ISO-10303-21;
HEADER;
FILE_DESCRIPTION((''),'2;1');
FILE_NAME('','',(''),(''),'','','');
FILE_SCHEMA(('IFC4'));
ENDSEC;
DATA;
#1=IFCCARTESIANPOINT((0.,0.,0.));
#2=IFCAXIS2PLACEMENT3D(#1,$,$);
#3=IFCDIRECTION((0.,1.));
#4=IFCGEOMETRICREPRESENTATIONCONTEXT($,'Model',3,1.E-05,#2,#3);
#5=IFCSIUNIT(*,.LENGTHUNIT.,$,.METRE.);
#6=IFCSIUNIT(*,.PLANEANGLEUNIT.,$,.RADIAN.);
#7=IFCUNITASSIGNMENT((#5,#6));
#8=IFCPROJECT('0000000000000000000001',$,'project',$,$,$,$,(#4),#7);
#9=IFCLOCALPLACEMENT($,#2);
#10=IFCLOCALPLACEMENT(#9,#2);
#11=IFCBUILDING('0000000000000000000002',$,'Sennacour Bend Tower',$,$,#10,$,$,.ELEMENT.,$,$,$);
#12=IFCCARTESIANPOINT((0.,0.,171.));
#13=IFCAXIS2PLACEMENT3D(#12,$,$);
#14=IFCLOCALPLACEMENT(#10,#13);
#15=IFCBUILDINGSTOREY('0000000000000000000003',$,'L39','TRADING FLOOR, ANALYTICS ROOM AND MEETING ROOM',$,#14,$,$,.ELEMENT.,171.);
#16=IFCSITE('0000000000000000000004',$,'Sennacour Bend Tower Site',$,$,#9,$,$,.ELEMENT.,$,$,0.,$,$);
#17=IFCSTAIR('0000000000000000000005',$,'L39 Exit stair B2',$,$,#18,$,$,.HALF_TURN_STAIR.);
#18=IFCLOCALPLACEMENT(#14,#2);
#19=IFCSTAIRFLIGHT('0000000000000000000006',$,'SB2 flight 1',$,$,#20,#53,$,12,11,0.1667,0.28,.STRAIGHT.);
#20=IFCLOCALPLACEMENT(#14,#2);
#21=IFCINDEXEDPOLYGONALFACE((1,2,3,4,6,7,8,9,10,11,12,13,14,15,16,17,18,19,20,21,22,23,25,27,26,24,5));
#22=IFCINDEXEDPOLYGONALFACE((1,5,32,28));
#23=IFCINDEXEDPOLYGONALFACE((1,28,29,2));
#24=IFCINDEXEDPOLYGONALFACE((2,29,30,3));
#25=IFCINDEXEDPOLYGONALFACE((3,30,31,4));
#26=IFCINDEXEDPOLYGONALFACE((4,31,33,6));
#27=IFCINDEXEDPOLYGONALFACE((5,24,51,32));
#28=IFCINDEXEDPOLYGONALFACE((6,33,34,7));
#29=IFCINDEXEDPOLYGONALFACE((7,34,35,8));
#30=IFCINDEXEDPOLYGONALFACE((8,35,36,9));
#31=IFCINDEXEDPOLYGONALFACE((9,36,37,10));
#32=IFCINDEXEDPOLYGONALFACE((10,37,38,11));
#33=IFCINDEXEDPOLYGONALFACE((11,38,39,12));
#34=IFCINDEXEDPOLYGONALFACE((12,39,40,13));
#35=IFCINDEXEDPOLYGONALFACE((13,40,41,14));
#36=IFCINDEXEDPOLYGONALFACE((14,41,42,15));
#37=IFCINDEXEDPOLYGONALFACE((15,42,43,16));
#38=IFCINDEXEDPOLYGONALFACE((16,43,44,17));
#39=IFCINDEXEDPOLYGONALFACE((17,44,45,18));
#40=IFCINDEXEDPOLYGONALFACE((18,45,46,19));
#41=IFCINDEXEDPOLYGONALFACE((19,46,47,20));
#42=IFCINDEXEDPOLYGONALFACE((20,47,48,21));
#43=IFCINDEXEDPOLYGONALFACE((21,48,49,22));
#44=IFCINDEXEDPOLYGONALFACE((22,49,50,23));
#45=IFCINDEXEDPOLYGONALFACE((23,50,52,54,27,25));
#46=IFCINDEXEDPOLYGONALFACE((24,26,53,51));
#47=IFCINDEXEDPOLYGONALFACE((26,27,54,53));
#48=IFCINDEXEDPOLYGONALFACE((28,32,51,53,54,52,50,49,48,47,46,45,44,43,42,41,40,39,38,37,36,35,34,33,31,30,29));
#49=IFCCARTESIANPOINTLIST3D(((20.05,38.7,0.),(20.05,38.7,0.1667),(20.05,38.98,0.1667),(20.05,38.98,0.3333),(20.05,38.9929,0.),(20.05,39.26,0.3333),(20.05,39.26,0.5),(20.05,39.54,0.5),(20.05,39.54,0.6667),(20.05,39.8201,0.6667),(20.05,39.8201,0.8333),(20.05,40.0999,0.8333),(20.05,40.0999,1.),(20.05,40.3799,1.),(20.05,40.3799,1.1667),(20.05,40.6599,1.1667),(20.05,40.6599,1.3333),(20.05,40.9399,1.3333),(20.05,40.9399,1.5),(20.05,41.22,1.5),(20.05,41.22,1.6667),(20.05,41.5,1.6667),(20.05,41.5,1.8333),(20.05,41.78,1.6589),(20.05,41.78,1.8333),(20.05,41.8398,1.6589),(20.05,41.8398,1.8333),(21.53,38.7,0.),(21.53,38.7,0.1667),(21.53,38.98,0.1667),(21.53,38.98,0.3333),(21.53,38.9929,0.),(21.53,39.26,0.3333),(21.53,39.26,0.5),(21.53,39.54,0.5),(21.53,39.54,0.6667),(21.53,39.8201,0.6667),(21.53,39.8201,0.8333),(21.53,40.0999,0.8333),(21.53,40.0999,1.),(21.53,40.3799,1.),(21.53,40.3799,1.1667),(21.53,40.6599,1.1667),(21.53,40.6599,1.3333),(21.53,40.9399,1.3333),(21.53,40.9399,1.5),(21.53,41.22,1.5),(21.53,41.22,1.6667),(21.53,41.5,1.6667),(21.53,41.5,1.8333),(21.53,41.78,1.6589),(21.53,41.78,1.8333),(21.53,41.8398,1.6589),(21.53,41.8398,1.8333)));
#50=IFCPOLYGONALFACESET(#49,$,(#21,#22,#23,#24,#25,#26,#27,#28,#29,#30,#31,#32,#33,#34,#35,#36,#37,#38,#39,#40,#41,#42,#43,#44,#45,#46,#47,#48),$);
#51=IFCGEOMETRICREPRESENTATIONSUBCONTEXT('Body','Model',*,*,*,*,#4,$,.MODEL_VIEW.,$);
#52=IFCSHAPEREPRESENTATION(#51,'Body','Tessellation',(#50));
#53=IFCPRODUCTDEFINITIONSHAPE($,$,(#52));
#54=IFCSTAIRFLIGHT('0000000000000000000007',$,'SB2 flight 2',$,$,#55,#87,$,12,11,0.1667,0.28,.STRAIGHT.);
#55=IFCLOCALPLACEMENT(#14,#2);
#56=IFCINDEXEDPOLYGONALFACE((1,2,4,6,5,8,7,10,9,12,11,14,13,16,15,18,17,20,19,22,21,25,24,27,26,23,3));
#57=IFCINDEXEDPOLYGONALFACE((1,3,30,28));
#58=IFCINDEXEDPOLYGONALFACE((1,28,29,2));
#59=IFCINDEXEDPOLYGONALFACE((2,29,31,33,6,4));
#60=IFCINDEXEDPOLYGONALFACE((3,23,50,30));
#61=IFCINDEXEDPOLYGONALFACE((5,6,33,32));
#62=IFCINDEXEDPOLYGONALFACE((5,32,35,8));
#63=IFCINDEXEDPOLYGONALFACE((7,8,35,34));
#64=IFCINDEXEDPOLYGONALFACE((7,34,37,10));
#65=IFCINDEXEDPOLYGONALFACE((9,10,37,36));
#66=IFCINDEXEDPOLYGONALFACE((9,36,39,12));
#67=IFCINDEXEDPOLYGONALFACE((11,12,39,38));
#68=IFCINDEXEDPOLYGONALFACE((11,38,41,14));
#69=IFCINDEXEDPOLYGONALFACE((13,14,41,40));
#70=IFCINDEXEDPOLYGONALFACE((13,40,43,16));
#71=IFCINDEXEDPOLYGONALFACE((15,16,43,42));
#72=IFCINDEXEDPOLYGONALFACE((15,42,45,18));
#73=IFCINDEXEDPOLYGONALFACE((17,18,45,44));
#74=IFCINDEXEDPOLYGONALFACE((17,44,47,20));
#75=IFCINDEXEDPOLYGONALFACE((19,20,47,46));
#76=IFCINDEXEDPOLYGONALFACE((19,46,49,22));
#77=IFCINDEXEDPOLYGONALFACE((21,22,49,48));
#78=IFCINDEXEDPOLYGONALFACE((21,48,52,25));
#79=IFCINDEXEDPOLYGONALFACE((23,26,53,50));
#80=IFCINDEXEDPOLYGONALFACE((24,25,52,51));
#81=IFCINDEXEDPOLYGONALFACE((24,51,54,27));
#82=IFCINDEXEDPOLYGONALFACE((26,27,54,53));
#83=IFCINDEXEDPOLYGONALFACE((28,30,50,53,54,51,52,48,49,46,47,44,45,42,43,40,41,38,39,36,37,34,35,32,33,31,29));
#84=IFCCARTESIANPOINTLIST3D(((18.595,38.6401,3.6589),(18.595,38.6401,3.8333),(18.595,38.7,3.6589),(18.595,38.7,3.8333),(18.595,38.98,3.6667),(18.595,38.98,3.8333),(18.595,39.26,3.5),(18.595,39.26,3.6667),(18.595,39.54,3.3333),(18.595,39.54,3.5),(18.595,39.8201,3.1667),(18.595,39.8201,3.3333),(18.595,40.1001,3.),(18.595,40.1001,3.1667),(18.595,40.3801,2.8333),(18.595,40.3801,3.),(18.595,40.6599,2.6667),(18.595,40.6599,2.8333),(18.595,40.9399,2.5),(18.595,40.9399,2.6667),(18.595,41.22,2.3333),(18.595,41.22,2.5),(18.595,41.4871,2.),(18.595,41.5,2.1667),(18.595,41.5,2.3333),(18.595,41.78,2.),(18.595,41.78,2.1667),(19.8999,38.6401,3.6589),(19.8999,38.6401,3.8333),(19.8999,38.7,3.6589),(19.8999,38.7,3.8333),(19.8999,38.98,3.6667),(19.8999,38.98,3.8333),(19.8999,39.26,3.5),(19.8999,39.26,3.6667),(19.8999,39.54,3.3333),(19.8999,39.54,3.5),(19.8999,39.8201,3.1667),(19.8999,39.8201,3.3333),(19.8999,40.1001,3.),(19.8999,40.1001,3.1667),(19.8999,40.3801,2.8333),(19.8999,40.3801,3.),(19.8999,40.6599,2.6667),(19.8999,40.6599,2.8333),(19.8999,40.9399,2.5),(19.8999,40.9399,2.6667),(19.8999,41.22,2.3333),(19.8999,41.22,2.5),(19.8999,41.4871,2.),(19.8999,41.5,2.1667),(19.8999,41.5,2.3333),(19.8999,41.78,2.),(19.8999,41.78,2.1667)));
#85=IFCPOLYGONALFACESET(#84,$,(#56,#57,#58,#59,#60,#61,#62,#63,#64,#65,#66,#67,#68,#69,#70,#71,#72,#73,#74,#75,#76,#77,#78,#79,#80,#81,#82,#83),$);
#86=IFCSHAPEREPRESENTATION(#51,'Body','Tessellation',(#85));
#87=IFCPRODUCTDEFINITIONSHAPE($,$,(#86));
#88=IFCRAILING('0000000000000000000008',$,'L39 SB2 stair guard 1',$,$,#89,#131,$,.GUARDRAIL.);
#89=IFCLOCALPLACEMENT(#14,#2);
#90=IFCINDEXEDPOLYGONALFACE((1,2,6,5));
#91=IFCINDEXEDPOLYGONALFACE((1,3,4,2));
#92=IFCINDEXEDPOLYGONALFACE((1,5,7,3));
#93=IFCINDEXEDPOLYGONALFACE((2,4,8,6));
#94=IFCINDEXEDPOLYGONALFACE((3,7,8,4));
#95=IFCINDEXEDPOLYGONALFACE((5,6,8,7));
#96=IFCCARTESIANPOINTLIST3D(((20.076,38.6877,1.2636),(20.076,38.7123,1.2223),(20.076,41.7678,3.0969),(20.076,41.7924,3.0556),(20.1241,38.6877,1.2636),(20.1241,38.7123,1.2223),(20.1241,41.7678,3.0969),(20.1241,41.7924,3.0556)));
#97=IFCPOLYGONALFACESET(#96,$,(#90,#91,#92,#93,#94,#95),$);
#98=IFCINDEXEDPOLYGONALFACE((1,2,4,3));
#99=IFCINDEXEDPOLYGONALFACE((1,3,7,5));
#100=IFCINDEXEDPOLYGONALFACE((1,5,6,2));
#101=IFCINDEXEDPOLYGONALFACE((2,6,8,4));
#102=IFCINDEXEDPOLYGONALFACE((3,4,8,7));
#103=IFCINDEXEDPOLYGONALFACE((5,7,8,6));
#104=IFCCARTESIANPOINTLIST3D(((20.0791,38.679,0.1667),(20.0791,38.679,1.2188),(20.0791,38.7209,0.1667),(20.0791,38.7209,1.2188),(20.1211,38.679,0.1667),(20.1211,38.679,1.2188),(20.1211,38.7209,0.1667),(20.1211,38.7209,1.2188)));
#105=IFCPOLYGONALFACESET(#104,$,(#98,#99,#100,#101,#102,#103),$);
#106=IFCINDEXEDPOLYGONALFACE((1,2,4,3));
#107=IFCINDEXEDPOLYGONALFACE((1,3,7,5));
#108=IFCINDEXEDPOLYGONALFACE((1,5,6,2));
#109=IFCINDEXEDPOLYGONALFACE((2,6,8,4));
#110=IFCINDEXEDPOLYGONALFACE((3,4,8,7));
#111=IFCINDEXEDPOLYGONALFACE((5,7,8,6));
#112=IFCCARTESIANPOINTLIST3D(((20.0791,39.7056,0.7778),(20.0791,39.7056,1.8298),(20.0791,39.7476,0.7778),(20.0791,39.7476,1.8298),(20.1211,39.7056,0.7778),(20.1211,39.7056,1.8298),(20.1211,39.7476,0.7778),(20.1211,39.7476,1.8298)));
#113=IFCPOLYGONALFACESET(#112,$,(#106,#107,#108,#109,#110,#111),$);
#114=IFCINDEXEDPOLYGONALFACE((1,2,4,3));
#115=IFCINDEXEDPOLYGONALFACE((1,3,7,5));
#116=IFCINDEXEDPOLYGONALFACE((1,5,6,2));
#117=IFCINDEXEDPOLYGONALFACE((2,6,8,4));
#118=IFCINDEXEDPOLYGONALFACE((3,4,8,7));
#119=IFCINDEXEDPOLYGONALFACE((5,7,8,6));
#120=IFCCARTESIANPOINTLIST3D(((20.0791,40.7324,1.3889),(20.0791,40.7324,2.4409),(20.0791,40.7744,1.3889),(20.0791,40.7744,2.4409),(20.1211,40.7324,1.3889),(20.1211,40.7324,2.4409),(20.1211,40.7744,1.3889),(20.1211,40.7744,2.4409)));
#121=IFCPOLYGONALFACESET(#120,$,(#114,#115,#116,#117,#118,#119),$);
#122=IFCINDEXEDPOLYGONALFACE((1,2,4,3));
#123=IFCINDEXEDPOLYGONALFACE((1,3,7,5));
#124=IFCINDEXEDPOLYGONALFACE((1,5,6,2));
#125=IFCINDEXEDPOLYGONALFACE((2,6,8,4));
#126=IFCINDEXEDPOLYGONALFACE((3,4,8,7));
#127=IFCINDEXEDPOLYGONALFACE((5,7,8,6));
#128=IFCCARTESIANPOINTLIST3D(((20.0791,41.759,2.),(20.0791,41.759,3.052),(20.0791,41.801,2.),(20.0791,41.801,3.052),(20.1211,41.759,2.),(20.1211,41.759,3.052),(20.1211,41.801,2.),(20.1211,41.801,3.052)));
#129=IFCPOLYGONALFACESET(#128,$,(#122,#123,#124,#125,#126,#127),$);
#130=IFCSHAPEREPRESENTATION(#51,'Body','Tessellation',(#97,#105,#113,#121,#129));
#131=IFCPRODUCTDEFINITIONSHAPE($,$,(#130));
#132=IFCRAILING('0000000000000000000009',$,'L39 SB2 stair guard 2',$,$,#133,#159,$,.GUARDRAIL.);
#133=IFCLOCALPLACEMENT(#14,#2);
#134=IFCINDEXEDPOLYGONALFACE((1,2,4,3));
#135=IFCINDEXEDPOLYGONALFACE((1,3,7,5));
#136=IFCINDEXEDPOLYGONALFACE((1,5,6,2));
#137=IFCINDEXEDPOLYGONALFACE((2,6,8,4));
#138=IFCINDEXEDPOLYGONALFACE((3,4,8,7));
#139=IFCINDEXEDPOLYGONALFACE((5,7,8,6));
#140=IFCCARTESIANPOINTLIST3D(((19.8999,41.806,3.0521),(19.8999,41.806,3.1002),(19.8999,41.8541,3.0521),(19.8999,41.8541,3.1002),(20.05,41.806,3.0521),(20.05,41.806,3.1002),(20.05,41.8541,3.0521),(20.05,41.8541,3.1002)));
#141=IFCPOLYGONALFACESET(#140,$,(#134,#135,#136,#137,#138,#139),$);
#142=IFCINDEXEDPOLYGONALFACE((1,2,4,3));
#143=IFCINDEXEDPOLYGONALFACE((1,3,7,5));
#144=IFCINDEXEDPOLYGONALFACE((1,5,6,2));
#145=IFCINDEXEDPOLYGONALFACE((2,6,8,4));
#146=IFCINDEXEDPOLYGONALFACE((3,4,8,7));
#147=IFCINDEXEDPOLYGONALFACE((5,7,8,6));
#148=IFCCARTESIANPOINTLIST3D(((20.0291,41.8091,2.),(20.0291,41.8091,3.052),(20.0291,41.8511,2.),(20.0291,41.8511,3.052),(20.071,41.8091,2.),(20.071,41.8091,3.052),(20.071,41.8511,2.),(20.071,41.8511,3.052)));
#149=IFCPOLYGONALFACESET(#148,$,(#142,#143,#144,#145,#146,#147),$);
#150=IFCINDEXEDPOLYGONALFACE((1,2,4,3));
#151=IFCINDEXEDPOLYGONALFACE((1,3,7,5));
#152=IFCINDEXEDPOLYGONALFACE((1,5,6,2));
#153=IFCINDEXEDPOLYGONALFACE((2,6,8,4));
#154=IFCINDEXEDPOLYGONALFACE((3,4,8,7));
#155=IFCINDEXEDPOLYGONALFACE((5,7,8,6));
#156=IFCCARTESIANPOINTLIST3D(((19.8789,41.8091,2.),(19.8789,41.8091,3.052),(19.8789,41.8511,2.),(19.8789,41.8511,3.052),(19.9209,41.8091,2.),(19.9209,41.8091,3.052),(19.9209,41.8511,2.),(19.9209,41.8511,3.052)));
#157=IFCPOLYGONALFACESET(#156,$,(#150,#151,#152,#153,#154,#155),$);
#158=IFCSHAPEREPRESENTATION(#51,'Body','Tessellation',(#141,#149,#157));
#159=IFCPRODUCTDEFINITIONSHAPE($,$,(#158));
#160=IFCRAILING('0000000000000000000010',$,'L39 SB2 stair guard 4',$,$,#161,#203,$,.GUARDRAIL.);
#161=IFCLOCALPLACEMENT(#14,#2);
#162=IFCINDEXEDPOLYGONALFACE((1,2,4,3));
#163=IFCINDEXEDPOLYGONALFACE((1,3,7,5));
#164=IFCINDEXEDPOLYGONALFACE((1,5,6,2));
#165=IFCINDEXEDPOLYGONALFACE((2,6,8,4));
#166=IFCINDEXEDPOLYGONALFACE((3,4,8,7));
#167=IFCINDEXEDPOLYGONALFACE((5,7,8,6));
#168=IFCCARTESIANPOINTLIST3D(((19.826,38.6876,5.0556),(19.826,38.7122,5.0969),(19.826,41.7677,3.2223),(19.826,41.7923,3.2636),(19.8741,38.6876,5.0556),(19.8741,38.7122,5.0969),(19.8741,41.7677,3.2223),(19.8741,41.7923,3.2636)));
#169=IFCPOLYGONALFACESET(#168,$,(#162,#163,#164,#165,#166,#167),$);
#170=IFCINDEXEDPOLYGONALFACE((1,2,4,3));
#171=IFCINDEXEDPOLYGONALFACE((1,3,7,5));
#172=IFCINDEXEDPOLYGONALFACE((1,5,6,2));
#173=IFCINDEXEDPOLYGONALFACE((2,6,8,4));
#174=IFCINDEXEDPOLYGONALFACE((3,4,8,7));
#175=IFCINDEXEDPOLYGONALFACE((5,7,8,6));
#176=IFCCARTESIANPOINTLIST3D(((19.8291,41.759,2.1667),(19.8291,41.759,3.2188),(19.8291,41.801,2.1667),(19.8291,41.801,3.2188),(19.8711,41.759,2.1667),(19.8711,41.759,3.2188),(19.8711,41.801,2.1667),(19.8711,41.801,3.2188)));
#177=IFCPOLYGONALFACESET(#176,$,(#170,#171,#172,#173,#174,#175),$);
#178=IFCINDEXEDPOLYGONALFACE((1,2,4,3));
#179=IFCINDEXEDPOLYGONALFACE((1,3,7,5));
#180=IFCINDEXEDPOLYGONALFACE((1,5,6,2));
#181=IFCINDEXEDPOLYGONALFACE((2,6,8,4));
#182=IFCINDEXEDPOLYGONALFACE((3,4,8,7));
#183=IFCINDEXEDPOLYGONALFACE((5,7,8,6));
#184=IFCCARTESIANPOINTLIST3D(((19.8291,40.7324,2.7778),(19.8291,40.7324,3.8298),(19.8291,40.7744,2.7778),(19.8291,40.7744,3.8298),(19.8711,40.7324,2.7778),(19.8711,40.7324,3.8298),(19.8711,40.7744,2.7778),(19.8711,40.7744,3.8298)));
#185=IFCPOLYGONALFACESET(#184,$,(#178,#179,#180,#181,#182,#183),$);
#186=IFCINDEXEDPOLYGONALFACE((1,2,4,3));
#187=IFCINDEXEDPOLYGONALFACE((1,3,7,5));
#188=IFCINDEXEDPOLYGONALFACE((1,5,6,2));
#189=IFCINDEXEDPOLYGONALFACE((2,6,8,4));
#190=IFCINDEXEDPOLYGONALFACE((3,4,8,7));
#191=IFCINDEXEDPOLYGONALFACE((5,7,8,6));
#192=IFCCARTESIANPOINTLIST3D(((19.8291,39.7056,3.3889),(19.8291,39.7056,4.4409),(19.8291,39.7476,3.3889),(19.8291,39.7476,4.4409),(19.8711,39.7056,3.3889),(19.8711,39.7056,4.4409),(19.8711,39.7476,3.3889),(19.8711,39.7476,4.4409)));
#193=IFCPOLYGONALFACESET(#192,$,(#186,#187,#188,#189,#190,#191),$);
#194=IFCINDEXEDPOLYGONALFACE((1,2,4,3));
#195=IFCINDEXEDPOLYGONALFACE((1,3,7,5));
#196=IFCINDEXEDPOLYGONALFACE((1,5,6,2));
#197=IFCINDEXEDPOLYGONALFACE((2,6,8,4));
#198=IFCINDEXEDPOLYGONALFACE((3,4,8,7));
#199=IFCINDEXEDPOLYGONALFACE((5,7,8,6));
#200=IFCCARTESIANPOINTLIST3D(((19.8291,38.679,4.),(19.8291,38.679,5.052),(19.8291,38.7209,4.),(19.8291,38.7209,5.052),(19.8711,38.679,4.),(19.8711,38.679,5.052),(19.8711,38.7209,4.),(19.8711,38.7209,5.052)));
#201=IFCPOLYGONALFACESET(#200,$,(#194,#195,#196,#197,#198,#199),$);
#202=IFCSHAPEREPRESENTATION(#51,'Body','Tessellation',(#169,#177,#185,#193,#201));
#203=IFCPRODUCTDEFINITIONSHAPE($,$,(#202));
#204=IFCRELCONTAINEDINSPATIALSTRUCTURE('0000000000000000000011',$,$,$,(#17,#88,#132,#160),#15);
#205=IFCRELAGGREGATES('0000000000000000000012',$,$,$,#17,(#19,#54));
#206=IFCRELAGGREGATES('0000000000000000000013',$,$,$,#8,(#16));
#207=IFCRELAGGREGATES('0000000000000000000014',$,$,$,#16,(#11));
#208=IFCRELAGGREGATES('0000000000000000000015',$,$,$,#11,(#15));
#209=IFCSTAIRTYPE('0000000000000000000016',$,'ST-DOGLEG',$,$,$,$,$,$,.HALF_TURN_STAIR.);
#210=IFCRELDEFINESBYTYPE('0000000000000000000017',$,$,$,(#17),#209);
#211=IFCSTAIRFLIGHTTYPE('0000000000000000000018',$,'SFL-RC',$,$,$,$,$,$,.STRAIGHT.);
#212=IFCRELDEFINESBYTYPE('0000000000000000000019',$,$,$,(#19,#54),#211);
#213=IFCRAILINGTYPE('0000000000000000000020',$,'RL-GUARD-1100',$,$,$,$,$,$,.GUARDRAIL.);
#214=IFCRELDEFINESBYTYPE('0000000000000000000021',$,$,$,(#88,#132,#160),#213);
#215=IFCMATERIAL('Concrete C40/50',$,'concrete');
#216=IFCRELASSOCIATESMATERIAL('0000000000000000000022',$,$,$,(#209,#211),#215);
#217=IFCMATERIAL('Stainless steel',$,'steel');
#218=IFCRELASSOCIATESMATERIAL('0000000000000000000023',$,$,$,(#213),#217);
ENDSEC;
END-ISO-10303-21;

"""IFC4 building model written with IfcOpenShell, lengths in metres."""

from ifc_helpers import new_model, si_unit, direction, frame, origin, origin_2d, place, context, subcontext, project, spatial, polyline, rectangle, outline, extrude, material, type_object, element, aggregate, save


model = new_model("IFC4")

# Units and contexts
model_context = context("Model", 3, precision=1e-05, world=origin(), true_north=direction((0.0, 1.0)))
body_context = subcontext(model_context, "Body", "Model", "MODEL_VIEW")
ifc_project = project(units=[si_unit("LENGTHUNIT", "METRE"), si_unit("PLANEANGLEUNIT", "RADIAN")], contexts=[model_context])

# Site, building, storey
site_placement = place(None, origin())
site = spatial("IfcSite", under=ifc_project, at=site_placement, Name="Sennacour Bend Tower Site", CompositionType="ELEMENT", RefElevation=0.0)
building_placement = place(site_placement, origin())
building = spatial("IfcBuilding", under=site, at=building_placement, Name="Sennacour Bend Tower", CompositionType="ELEMENT")
storey_placement = place(building_placement, frame((0.0, 0.0, 171.0)))
storey = spatial("IfcBuildingStorey", under=building, at=storey_placement, Name="L39", Description="TRADING FLOOR, ANALYTICS ROOM AND MEETING ROOM", CompositionType="ELEMENT", Elevation=171.0)

# Shared definitions
ifc_material_1 = material(Name="Stainless steel", Category="steel")

# Stair, stair flights
ifc_material_2 = material(Name="Concrete C40/50", Category="concrete")
stair_type = type_object("IfcStairType", Name="ST-DOGLEG", PredefinedType="HALF_TURN_STAIR", material=ifc_material_2)
stair_placement = place(storey_placement, origin())
stair = element("IfcStair", 1, at=stair_placement, inside=storey, type_object=stair_type, Name="L39 Exit stair B2", PredefinedType="HALF_TURN_STAIR")
stair_flight_type = type_object("IfcStairFlightType", Name="SFL-RC", PredefinedType="STRAIGHT", material=ifc_material_2)
stair_flight_1_placement = place(storey_placement, frame((20.79, 38.7, 0.0), z_axis=(0.0, 0.0, 1.0), x_axis=(0.0, 1.0, 0.0)))
stair_flight_1 = element("IfcStairFlight", 2, at=stair_flight_1_placement, type_object=stair_flight_type, Name="SB2 flight 1", NumberOfRisers=12, NumberOfTreads=11, PredefinedType="STRAIGHT", RiserHeight=0.1667, TreadLength=0.28, context=body_context, shape_type="SweptSolid", body=[
    extrude(outline(polyline([(0.0, 0.0), (0.0, 0.1667), (0.28, 0.1667), (0.28, 0.3333), (0.5601, 0.3333), (0.5601, 0.5), (0.8401, 0.5), (0.8401, 0.6667), (1.1201, 0.6667), (1.1201, 0.8333), (1.3999, 0.8333), (1.3999, 1.0), (1.6799, 1.0), (1.6799, 1.1667), (1.96, 1.1667), (1.96, 1.3333), (2.24, 1.3333), (2.24, 1.5), (2.52, 1.5), (2.52, 1.6667), (2.8, 1.6667), (2.8, 1.8333), (3.0801, 1.8333), (3.1399, 1.8333), (3.1399, 1.6589), (3.0801, 1.6589), (0.293, 0.0), (0.0, 0.0)])), frame((0.0, 0.74, 0.0), z_axis=(0.0, -1.0, 0.0), x_axis=(1.0, 0.0, 0.0)), (0.0, 0.0, 1.0), 1.48),
])
stair_flight_2_placement = place(storey_placement, frame((19.2476, 41.78, 2.0), z_axis=(0.0, 0.0, 1.0), x_axis=(0.0, -1.0, 0.0)))
stair_flight_2 = element("IfcStairFlight", 3, at=stair_flight_2_placement, type_object=stair_flight_type, Name="SB2 flight 2", NumberOfRisers=12, NumberOfTreads=11, PredefinedType="STRAIGHT", RiserHeight=0.1667, TreadLength=0.28, context=body_context, shape_type="SweptSolid", body=[
    extrude(outline(polyline([(0.0, 0.0), (0.0, 0.1667), (0.28, 0.1667), (0.28, 0.3333), (0.5601, 0.3333), (0.5601, 0.5), (0.8401, 0.5), (0.8401, 0.6667), (1.1201, 0.6667), (1.1201, 0.8333), (1.3999, 0.8333), (1.3999, 1.0), (1.6799, 1.0), (1.6799, 1.1667), (1.96, 1.1667), (1.96, 1.3333), (2.24, 1.3333), (2.24, 1.5), (2.52, 1.5), (2.52, 1.6667), (2.8, 1.6667), (2.8, 1.8333), (3.0801, 1.8333), (3.1399, 1.8333), (3.1399, 1.6589), (3.0801, 1.6589), (0.293, 0.0), (0.0, 0.0)])), frame((0.0, 0.6523, 0.0), z_axis=(0.0, -1.0, 0.0), x_axis=(1.0, 0.0, 0.0)), (0.0, 0.0, 1.0), 1.3049),
])
aggregate(stair, [stair_flight_1, stair_flight_2])

# Railings
railing_type_1 = type_object("IfcRailingType", Name="RL-GUARD-1100", PredefinedType="GUARDRAIL", material=ifc_material_1)
railing_1_placement = place(storey_placement, frame((20.1001, 38.7, 0.1667)))
element("IfcRailing", 4, at=railing_1_placement, inside=storey, type_object=railing_type_1, Name="L39 SB2 stair guard 1", PredefinedType="GUARDRAIL", context=body_context, shape_type="SweptSolid", body=[
    extrude(rectangle(XDim=0.0481, YDim=0.0481, at=origin_2d()), frame((0.0, 0.0, 1.0762), z_axis=(0.0, 0.859309, 0.511458), x_axis=(-1.0, 0.0, 0.0)), (0.0, 0.0, 1.0), 3.5845),
    extrude(rectangle(XDim=0.042, YDim=0.042, at=origin_2d()), origin(), (0.0, 0.0, 1.0), 1.052),
    extrude(rectangle(XDim=0.042, YDim=0.042, at=origin_2d()), frame((0.0, 1.0266, 0.6111)), (0.0, 0.0, 1.0), 1.052),
    extrude(rectangle(XDim=0.042, YDim=0.042, at=origin_2d()), frame((0.0, 2.0535, 1.2222)), (0.0, 0.0, 1.0), 1.052),
    extrude(rectangle(XDim=0.042, YDim=0.042, at=origin_2d()), frame((0.0, 3.0801, 1.8333)), (0.0, 0.0, 1.0), 1.052),
])
railing_2_placement = place(storey_placement, frame((20.05, 41.8301, 2.0)))
element("IfcRailing", 5, at=railing_2_placement, inside=storey, type_object=railing_type_1, Name="L39 SB2 stair guard 2", PredefinedType="GUARDRAIL", context=body_context, shape_type="SweptSolid", body=[
    extrude(rectangle(XDim=0.0481, YDim=0.0481, at=origin_2d()), frame((0.0, 0.0, 1.0762), z_axis=(-1.0, 0.0, 0.0), x_axis=(0.0, -1.0, 0.0)), (0.0, 0.0, 1.0), 0.1501),
    extrude(rectangle(XDim=0.042, YDim=0.042, at=origin_2d()), origin(), (0.0, 0.0, 1.0), 1.052),
    extrude(rectangle(XDim=0.042, YDim=0.042, at=origin_2d()), frame((-0.1501, 0.0, 0.0)), (0.0, 0.0, 1.0), 1.052),
])
railing_3_placement = place(storey_placement, frame((19.8501, 41.78, 2.1667)))
element("IfcRailing", 6, at=railing_3_placement, inside=storey, type_object=railing_type_1, Name="L39 SB2 stair guard 4", PredefinedType="GUARDRAIL", context=body_context, shape_type="SweptSolid", body=[
    extrude(rectangle(XDim=0.0481, YDim=0.0481, at=origin_2d()), frame((0.0, 0.0, 1.0762), z_axis=(0.0, -0.859309, 0.511458), x_axis=(1.0, 0.0, 0.0)), (0.0, 0.0, 1.0), 3.5845),
    extrude(rectangle(XDim=0.042, YDim=0.042, at=origin_2d()), origin(), (0.0, 0.0, 1.0), 1.052),
    extrude(rectangle(XDim=0.042, YDim=0.042, at=origin_2d()), frame((0.0, -1.0266, 0.6111)), (0.0, 0.0, 1.0), 1.052),
    extrude(rectangle(XDim=0.042, YDim=0.042, at=origin_2d()), frame((0.0, -2.0535, 1.2222)), (0.0, 0.0, 1.0), 1.052),
    extrude(rectangle(XDim=0.042, YDim=0.042, at=origin_2d()), frame((0.0, -3.0801, 1.8333)), (0.0, 0.0, 1.0), 1.052),
])

save(model, "model.ifc")
